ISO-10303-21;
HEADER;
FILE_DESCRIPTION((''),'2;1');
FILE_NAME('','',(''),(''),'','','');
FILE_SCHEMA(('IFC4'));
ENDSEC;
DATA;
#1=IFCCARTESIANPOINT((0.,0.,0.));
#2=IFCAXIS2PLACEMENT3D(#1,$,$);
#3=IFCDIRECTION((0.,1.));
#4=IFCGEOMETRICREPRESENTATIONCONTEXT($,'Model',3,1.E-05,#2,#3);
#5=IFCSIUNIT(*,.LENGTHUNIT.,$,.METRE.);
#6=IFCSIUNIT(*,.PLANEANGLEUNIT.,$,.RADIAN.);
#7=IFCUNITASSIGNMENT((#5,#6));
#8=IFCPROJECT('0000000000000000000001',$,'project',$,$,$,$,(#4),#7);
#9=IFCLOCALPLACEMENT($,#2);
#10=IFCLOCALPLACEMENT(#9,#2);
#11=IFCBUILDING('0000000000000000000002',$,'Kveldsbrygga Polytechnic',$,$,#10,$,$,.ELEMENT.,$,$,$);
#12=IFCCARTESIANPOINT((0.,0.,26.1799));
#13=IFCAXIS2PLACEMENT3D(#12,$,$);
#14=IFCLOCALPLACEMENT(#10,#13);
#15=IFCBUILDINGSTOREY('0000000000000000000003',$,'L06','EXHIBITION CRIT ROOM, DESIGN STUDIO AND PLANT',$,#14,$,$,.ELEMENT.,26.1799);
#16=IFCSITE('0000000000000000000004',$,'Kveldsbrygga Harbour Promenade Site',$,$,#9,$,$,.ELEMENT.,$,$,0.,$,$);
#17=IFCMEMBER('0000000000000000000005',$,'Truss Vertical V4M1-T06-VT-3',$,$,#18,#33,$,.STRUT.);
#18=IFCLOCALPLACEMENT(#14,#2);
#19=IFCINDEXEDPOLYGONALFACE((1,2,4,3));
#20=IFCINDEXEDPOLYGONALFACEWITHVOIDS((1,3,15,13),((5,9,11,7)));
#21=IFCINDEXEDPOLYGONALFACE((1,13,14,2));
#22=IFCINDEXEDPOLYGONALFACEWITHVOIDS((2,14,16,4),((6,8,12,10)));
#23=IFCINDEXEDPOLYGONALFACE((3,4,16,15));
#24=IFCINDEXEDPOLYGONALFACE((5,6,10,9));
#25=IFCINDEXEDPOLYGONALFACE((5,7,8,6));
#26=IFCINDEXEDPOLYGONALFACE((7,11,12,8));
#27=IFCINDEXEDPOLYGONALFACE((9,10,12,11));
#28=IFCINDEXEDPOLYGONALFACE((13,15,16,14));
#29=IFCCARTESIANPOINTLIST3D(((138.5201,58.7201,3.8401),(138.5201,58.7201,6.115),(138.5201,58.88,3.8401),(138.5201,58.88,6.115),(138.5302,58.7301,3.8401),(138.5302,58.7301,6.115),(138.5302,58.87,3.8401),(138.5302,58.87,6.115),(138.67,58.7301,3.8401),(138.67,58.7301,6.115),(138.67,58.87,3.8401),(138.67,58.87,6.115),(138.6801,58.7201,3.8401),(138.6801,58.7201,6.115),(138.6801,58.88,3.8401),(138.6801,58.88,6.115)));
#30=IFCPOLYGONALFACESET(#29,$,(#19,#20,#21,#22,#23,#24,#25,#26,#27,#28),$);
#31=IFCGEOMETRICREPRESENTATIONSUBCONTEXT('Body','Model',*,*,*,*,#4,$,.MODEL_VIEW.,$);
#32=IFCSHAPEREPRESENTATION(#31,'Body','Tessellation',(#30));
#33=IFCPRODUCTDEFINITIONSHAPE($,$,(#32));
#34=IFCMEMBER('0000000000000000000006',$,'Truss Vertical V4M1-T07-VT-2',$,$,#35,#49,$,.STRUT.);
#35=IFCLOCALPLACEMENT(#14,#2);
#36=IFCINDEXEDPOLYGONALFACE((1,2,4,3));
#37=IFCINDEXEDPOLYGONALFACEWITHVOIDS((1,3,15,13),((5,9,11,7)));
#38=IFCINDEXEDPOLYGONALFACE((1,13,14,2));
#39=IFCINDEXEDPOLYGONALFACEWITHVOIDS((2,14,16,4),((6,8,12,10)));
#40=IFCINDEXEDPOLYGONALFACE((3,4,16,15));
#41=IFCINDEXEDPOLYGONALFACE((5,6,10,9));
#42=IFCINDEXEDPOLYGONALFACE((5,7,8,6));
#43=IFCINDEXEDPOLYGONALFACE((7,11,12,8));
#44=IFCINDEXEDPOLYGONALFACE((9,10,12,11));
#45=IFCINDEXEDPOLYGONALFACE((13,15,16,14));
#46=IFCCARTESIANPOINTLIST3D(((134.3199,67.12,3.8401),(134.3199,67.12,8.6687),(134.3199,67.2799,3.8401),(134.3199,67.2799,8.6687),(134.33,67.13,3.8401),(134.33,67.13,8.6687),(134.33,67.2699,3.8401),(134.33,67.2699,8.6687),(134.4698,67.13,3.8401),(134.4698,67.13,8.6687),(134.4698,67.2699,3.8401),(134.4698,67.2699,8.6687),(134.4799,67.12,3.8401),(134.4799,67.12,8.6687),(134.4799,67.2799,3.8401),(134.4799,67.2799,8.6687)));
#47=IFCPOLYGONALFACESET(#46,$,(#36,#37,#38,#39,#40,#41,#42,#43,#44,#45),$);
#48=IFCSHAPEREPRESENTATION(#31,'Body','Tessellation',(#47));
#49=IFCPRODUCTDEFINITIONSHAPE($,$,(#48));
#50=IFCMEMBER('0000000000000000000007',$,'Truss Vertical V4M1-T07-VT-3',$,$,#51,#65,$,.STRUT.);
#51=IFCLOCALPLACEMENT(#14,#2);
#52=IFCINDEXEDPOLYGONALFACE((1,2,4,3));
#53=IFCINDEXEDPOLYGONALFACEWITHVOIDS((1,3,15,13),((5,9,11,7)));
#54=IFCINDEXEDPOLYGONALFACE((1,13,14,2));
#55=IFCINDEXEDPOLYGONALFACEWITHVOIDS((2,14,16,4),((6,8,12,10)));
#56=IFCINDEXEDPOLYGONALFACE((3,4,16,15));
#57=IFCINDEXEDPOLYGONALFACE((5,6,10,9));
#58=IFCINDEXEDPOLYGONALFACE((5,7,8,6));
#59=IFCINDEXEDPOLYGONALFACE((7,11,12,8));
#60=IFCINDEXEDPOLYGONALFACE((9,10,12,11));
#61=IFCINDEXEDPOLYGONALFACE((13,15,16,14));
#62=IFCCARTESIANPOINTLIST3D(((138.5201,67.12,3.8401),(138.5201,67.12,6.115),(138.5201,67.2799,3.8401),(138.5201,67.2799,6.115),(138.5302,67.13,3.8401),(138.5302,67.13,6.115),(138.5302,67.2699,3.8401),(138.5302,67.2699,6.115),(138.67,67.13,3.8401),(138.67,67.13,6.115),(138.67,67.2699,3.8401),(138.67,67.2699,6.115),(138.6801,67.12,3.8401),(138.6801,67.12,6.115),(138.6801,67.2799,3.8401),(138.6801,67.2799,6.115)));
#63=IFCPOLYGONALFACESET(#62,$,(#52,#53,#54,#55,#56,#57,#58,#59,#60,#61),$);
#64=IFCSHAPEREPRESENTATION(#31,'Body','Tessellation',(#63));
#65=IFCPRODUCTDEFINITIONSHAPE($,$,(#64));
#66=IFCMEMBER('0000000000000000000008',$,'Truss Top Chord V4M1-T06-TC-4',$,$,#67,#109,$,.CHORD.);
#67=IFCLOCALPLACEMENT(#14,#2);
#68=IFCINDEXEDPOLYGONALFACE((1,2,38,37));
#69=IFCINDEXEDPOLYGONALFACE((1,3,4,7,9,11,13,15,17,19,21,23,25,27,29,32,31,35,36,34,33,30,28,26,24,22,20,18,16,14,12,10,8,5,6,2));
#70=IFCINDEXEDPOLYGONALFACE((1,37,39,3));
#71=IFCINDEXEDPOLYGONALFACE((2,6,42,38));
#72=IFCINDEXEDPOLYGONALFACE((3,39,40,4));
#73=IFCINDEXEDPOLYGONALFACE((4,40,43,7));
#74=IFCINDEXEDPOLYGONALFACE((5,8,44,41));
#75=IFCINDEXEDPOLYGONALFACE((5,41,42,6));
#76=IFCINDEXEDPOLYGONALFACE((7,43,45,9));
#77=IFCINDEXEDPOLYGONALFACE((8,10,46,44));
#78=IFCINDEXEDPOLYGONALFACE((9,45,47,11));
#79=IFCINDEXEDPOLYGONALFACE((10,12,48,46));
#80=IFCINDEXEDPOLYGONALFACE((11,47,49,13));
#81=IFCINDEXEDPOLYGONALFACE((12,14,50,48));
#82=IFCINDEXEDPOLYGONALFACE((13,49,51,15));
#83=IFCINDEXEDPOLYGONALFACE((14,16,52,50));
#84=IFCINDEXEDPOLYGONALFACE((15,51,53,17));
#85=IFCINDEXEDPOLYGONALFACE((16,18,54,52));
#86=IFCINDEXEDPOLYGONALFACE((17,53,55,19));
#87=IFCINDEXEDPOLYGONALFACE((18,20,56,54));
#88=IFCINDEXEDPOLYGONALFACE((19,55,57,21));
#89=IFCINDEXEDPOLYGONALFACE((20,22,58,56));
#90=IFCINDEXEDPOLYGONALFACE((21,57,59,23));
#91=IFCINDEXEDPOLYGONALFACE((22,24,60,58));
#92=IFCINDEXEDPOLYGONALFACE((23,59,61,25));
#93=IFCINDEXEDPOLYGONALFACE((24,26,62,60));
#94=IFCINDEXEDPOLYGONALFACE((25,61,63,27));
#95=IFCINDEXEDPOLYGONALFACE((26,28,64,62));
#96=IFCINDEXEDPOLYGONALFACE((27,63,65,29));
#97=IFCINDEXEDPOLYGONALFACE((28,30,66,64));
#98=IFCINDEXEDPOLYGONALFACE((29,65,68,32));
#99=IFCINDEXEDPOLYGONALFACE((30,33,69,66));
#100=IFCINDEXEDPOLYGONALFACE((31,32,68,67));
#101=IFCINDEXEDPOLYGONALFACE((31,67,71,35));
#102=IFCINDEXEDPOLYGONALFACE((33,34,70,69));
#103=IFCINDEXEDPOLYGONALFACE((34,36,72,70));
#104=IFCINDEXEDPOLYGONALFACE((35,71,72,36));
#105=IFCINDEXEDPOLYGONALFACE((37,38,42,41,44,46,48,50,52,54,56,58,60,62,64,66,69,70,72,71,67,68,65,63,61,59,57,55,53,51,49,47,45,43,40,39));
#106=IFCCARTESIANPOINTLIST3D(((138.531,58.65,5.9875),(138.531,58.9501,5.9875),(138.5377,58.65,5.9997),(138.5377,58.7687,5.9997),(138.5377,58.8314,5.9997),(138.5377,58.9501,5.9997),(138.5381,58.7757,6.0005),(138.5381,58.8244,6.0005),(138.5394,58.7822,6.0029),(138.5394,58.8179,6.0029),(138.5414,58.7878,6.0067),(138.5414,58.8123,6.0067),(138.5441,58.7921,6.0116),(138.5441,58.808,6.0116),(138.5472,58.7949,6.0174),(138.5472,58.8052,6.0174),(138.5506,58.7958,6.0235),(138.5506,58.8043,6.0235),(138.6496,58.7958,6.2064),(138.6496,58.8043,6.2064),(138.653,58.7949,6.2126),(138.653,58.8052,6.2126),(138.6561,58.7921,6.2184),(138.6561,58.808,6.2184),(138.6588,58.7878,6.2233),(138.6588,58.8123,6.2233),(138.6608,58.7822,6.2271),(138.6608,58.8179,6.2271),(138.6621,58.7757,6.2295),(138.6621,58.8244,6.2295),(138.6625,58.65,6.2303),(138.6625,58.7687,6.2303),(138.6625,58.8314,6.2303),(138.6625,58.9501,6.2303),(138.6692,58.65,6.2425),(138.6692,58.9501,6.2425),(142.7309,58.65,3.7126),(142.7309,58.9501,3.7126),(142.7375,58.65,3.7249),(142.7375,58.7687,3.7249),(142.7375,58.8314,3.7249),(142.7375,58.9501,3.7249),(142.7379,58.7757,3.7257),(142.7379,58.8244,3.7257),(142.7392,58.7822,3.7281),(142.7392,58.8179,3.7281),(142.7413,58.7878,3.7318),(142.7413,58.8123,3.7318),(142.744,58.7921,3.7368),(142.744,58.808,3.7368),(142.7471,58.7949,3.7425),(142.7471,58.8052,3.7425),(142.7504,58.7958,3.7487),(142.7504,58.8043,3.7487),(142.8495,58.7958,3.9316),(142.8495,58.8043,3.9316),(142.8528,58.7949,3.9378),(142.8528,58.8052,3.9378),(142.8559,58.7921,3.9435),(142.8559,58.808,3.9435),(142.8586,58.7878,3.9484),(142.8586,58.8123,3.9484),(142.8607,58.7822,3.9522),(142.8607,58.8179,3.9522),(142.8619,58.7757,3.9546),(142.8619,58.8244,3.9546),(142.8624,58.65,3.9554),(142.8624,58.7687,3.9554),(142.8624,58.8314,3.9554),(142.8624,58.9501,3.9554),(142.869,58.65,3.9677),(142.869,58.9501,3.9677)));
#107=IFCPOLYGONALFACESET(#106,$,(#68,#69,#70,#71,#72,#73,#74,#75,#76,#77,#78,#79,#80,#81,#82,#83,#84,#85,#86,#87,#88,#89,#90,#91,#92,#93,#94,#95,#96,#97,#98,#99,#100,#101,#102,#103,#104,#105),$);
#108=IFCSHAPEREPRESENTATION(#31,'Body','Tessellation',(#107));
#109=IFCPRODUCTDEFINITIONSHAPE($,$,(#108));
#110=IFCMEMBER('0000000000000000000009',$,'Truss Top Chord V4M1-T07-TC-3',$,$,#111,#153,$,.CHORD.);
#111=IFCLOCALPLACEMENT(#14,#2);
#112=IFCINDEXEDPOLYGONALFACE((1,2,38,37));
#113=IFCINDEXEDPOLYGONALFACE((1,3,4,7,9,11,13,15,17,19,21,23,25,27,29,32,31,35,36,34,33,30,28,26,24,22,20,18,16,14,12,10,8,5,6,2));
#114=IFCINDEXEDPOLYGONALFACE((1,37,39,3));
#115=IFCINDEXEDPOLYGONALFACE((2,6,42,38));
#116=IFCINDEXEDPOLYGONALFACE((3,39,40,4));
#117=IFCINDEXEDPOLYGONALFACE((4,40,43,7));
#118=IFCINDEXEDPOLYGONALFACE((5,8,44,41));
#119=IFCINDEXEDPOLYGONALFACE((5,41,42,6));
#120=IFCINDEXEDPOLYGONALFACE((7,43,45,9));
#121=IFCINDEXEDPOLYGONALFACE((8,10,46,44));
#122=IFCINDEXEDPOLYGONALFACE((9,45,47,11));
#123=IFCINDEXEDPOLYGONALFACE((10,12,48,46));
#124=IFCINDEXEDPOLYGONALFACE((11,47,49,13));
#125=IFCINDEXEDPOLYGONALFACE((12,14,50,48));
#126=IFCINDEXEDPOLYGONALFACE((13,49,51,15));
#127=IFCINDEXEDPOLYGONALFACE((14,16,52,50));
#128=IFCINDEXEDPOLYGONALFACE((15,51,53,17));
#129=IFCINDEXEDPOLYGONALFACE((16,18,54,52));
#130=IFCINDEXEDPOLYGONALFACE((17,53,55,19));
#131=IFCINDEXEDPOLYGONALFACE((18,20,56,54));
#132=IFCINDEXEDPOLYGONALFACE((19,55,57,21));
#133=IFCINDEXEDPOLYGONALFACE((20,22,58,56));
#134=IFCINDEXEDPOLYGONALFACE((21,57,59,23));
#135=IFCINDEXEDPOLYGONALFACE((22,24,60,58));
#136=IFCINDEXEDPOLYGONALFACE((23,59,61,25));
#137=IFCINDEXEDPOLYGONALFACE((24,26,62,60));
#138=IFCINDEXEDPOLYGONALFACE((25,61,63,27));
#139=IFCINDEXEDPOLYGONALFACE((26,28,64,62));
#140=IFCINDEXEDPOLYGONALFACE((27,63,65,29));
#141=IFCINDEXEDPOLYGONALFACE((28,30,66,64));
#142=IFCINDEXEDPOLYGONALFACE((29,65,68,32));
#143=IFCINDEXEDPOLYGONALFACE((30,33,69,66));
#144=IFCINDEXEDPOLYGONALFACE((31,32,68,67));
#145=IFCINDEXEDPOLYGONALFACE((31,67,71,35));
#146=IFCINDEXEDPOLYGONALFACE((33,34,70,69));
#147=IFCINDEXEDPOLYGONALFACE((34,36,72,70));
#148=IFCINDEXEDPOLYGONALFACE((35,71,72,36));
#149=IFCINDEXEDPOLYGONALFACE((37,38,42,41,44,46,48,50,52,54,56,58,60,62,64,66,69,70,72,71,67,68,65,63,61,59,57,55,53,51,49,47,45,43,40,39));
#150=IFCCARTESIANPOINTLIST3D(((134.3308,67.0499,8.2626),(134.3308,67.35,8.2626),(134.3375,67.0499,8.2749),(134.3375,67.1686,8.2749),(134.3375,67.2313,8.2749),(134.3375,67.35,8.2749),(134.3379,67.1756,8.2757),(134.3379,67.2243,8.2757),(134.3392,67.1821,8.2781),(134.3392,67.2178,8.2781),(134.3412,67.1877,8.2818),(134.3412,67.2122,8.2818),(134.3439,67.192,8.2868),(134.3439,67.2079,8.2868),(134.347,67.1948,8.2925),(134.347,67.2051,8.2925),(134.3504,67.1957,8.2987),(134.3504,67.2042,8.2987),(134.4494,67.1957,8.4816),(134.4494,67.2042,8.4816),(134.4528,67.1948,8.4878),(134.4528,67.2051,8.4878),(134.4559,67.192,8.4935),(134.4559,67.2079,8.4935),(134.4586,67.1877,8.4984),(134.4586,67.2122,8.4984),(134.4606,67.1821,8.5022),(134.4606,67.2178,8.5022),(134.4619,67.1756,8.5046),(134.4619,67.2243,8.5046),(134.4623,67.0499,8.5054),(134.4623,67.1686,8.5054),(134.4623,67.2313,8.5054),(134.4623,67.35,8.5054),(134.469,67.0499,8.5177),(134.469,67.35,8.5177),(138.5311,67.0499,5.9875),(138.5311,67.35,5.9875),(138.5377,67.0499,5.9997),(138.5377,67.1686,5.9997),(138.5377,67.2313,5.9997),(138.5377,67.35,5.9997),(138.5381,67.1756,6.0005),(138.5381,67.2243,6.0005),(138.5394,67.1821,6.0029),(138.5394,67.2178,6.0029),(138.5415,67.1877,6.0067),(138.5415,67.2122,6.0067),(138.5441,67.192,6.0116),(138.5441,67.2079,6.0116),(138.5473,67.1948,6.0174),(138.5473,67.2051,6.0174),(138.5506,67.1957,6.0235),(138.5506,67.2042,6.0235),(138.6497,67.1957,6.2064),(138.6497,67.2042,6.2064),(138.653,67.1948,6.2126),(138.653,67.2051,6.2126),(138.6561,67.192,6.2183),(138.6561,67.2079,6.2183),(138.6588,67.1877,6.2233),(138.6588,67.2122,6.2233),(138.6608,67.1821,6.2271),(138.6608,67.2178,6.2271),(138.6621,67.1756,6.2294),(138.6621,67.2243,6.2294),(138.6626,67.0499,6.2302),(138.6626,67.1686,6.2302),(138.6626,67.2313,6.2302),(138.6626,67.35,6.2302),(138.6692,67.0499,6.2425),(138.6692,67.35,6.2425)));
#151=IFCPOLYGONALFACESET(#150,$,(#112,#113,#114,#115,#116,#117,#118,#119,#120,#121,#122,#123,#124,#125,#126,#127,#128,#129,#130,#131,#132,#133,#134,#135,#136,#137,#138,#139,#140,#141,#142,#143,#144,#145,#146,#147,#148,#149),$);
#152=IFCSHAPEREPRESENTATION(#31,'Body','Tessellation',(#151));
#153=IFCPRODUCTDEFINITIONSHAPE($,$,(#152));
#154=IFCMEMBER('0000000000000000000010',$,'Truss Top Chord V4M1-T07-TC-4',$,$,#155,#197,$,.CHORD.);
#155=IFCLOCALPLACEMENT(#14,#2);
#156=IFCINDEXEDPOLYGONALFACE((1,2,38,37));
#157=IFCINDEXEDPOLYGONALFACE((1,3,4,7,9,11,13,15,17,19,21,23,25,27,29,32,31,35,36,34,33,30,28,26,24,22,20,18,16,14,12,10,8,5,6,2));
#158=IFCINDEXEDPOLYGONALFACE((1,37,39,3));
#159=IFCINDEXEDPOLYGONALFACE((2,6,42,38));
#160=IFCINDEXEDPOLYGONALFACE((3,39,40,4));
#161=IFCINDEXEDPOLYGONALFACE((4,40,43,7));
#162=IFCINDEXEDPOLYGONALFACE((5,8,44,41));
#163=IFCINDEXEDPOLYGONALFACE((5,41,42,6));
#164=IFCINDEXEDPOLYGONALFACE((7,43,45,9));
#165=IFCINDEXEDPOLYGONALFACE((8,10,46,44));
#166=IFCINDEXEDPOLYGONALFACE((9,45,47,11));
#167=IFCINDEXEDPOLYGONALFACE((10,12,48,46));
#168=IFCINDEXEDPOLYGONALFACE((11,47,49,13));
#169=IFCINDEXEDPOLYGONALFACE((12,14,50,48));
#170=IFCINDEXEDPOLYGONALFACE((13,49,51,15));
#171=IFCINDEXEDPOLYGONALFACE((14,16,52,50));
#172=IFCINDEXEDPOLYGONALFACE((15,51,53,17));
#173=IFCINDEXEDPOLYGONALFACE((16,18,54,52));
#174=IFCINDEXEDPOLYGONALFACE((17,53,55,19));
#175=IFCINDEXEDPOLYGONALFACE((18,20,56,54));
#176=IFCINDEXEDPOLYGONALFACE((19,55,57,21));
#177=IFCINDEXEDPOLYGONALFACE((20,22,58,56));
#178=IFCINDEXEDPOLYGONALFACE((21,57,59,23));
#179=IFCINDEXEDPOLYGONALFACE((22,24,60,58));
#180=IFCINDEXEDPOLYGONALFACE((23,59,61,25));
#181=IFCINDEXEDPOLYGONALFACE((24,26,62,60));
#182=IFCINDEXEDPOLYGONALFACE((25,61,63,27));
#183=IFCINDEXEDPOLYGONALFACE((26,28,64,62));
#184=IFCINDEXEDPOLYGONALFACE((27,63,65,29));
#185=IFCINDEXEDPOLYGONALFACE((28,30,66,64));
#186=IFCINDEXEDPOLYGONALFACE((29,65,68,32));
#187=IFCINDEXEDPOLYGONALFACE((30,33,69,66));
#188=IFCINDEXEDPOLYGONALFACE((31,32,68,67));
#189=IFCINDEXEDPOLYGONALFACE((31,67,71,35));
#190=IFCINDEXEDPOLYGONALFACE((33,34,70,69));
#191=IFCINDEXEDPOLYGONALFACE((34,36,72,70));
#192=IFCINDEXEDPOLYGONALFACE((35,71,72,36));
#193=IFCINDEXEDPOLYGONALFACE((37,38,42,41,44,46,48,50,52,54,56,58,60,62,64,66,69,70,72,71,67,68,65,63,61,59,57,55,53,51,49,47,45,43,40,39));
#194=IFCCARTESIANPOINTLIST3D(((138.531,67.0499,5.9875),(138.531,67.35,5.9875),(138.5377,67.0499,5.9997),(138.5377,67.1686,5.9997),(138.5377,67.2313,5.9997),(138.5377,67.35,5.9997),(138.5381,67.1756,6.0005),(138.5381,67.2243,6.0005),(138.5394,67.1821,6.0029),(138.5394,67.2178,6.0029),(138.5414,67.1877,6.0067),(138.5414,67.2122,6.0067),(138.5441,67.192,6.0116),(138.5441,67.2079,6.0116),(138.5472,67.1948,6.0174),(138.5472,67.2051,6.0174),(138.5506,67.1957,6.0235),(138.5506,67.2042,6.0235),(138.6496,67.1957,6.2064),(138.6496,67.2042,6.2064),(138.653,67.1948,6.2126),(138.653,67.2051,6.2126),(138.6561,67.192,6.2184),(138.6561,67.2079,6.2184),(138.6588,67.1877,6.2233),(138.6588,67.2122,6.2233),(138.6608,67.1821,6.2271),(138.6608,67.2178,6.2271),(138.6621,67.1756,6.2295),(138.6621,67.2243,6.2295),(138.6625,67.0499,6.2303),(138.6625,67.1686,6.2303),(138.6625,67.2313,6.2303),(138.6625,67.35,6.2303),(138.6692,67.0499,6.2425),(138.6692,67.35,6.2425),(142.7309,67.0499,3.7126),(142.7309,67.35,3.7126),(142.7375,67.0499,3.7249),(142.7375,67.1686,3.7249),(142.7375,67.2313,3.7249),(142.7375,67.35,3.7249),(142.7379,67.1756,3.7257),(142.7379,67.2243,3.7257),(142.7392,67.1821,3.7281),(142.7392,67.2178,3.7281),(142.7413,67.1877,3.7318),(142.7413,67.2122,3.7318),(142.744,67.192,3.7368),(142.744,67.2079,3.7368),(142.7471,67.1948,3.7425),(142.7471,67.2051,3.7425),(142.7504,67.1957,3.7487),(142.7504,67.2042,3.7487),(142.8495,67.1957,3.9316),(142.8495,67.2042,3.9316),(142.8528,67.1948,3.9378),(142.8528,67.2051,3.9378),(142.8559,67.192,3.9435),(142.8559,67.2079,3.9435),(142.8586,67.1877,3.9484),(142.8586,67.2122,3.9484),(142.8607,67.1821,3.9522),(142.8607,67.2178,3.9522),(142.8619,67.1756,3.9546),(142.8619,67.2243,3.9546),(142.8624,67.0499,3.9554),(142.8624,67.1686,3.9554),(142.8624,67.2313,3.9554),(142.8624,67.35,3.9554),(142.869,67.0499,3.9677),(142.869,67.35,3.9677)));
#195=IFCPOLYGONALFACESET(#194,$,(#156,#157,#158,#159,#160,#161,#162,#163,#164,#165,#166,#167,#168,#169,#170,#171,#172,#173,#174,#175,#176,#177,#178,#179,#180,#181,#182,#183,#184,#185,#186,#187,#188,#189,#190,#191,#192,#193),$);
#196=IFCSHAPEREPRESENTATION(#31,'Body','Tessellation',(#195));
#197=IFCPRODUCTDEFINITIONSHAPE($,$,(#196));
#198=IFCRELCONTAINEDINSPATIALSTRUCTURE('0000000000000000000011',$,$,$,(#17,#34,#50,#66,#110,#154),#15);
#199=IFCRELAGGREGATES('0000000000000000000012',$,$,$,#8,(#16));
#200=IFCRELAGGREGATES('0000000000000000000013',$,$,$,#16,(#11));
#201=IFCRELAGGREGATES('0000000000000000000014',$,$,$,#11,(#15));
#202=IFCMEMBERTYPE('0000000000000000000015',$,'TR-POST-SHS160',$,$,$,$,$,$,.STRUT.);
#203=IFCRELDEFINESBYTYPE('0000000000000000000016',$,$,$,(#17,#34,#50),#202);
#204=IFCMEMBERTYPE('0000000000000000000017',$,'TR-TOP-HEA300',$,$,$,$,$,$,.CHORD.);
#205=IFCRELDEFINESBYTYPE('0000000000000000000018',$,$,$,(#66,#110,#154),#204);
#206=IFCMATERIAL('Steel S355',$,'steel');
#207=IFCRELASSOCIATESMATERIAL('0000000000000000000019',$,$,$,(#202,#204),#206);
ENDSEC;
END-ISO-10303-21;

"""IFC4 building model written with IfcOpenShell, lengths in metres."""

from ifc_helpers import new_model, si_unit, direction, frame, origin, origin_2d, place, context, subcontext, project, spatial, hollow_rectangle, i_section, extrude, material, material_profile, profile_set, type_object, element, save


model = new_model("IFC4")

# Units and contexts
model_context = context("Model", 3, precision=1e-05, world=origin(), true_north=direction((0.0, 1.0)))
body_context = subcontext(model_context, "Body", "Model", "MODEL_VIEW")
ifc_project = project(units=[si_unit("LENGTHUNIT", "METRE"), si_unit("PLANEANGLEUNIT", "RADIAN")], contexts=[model_context])

# Site, building, storey
site_placement = place(None, origin())
site = spatial("IfcSite", under=ifc_project, at=site_placement, Name="Kveldsbrygga Harbour Promenade Site", CompositionType="ELEMENT", RefElevation=0.0)
building_placement = place(site_placement, origin())
building = spatial("IfcBuilding", under=site, at=building_placement, Name="Kveldsbrygga Polytechnic", CompositionType="ELEMENT")
storey_placement = place(building_placement, frame((0.0, 0.0, 26.1799)))
storey = spatial("IfcBuildingStorey", under=building, at=storey_placement, Name="L06", Description="EXHIBITION CRIT ROOM, DESIGN STUDIO AND PLANT", CompositionType="ELEMENT", Elevation=26.1799)

# Shared definitions
ifc_material_1 = material(Name="Steel S355", Category="steel")

# Members
ifc_material_profile_1 = material_profile(ifc_material_1, hollow_rectangle(XDim=0.1599, YDim=0.1599, WallThickness=0.01, at=origin_2d()), Name="SHS 160x160x10.0")
ifc_profile_set_1 = profile_set([ifc_material_profile_1], Name="Steel S355")
member_type_1 = type_object("IfcMemberType", Name="TR-POST-SHS160", PredefinedType="STRUT", material=ifc_profile_set_1)
member_1_placement = place(storey_placement, frame((138.6001, 58.8, 3.8401), z_axis=(0.0, 0.0, 1.0), x_axis=(1.0, 0.0, 0.0)))
element("IfcMember", 1, at=member_1_placement, inside=storey, type_object=member_type_1, Name="Truss Vertical V4M1-T06-VT-3", PredefinedType="STRUT", context=body_context, shape_type="SweptSolid", body=[
    extrude(hollow_rectangle(XDim=0.1599, YDim=0.1599, WallThickness=0.01, at=origin_2d()), origin(), (0.0, 0.0, 1.0), 2.2749),
])
member_2_placement = place(storey_placement, frame((134.3999, 67.2, 3.8401), z_axis=(0.0, 0.0, 1.0), x_axis=(1.0, 0.0, 0.0)))
element("IfcMember", 2, at=member_2_placement, inside=storey, type_object=member_type_1, Name="Truss Vertical V4M1-T07-VT-2", PredefinedType="STRUT", context=body_context, shape_type="SweptSolid", body=[
    extrude(hollow_rectangle(XDim=0.1599, YDim=0.1599, WallThickness=0.01, at=origin_2d()), origin(), (0.0, 0.0, 1.0), 4.8286),
])
member_3_placement = place(storey_placement, frame((138.6001, 67.2, 3.8401), z_axis=(0.0, 0.0, 1.0), x_axis=(1.0, 0.0, 0.0)))
element("IfcMember", 3, at=member_3_placement, inside=storey, type_object=member_type_1, Name="Truss Vertical V4M1-T07-VT-3", PredefinedType="STRUT", context=body_context, shape_type="SweptSolid", body=[
    extrude(hollow_rectangle(XDim=0.1599, YDim=0.1599, WallThickness=0.01, at=origin_2d()), origin(), (0.0, 0.0, 1.0), 2.2749),
])
ifc_material_profile_2 = material_profile(ifc_material_1, i_section(OverallWidth=0.3, OverallDepth=0.29, WebThickness=0.0085, FlangeThickness=0.0139, FilletRadius=0.0271, at=origin_2d()), Name="HEA 300")
ifc_profile_set_2 = profile_set([ifc_material_profile_2], Name="Steel S355")
member_type_2 = type_object("IfcMemberType", Name="TR-TOP-HEA300", PredefinedType="CHORD", material=ifc_profile_set_2)
member_4_placement = place(storey_placement, frame((138.6001, 58.8, 6.115), z_axis=(0.879298, 0.0, -0.476272), x_axis=(0.0, 1.0, 0.0)))
element("IfcMember", 4, at=member_4_placement, inside=storey, type_object=member_type_2, Name="Truss Top Chord V4M1-T06-TC-4", PredefinedType="CHORD", context=body_context, shape_type="SweptSolid", body=[
    extrude(i_section(OverallWidth=0.3, OverallDepth=0.29, WebThickness=0.0085, FlangeThickness=0.0139, FilletRadius=0.0271, at=origin_2d()), origin(), (0.0, 0.0, 1.0), 4.7764),
])
member_5_placement = place(storey_placement, frame((134.3999, 67.2, 8.3901), z_axis=(0.879288, 0.0, -0.47629), x_axis=(0.0, 1.0, 0.0)))
element("IfcMember", 5, at=member_5_placement, inside=storey, type_object=member_type_2, Name="Truss Top Chord V4M1-T07-TC-3", PredefinedType="CHORD", context=body_context, shape_type="SweptSolid", body=[
    extrude(i_section(OverallWidth=0.3, OverallDepth=0.29, WebThickness=0.0085, FlangeThickness=0.0139, FilletRadius=0.0271, at=origin_2d()), origin(), (0.0, 0.0, 1.0), 4.7769),
])
member_6_placement = place(storey_placement, frame((138.6001, 67.2, 6.115), z_axis=(0.879298, 0.0, -0.476272), x_axis=(0.0, 1.0, 0.0)))
element("IfcMember", 6, at=member_6_placement, inside=storey, type_object=member_type_2, Name="Truss Top Chord V4M1-T07-TC-4", PredefinedType="CHORD", context=body_context, shape_type="SweptSolid", body=[
    extrude(i_section(OverallWidth=0.3, OverallDepth=0.29, WebThickness=0.0085, FlangeThickness=0.0139, FilletRadius=0.0271, at=origin_2d()), origin(), (0.0, 0.0, 1.0), 4.7764),
])

save(model, "model.ifc")
